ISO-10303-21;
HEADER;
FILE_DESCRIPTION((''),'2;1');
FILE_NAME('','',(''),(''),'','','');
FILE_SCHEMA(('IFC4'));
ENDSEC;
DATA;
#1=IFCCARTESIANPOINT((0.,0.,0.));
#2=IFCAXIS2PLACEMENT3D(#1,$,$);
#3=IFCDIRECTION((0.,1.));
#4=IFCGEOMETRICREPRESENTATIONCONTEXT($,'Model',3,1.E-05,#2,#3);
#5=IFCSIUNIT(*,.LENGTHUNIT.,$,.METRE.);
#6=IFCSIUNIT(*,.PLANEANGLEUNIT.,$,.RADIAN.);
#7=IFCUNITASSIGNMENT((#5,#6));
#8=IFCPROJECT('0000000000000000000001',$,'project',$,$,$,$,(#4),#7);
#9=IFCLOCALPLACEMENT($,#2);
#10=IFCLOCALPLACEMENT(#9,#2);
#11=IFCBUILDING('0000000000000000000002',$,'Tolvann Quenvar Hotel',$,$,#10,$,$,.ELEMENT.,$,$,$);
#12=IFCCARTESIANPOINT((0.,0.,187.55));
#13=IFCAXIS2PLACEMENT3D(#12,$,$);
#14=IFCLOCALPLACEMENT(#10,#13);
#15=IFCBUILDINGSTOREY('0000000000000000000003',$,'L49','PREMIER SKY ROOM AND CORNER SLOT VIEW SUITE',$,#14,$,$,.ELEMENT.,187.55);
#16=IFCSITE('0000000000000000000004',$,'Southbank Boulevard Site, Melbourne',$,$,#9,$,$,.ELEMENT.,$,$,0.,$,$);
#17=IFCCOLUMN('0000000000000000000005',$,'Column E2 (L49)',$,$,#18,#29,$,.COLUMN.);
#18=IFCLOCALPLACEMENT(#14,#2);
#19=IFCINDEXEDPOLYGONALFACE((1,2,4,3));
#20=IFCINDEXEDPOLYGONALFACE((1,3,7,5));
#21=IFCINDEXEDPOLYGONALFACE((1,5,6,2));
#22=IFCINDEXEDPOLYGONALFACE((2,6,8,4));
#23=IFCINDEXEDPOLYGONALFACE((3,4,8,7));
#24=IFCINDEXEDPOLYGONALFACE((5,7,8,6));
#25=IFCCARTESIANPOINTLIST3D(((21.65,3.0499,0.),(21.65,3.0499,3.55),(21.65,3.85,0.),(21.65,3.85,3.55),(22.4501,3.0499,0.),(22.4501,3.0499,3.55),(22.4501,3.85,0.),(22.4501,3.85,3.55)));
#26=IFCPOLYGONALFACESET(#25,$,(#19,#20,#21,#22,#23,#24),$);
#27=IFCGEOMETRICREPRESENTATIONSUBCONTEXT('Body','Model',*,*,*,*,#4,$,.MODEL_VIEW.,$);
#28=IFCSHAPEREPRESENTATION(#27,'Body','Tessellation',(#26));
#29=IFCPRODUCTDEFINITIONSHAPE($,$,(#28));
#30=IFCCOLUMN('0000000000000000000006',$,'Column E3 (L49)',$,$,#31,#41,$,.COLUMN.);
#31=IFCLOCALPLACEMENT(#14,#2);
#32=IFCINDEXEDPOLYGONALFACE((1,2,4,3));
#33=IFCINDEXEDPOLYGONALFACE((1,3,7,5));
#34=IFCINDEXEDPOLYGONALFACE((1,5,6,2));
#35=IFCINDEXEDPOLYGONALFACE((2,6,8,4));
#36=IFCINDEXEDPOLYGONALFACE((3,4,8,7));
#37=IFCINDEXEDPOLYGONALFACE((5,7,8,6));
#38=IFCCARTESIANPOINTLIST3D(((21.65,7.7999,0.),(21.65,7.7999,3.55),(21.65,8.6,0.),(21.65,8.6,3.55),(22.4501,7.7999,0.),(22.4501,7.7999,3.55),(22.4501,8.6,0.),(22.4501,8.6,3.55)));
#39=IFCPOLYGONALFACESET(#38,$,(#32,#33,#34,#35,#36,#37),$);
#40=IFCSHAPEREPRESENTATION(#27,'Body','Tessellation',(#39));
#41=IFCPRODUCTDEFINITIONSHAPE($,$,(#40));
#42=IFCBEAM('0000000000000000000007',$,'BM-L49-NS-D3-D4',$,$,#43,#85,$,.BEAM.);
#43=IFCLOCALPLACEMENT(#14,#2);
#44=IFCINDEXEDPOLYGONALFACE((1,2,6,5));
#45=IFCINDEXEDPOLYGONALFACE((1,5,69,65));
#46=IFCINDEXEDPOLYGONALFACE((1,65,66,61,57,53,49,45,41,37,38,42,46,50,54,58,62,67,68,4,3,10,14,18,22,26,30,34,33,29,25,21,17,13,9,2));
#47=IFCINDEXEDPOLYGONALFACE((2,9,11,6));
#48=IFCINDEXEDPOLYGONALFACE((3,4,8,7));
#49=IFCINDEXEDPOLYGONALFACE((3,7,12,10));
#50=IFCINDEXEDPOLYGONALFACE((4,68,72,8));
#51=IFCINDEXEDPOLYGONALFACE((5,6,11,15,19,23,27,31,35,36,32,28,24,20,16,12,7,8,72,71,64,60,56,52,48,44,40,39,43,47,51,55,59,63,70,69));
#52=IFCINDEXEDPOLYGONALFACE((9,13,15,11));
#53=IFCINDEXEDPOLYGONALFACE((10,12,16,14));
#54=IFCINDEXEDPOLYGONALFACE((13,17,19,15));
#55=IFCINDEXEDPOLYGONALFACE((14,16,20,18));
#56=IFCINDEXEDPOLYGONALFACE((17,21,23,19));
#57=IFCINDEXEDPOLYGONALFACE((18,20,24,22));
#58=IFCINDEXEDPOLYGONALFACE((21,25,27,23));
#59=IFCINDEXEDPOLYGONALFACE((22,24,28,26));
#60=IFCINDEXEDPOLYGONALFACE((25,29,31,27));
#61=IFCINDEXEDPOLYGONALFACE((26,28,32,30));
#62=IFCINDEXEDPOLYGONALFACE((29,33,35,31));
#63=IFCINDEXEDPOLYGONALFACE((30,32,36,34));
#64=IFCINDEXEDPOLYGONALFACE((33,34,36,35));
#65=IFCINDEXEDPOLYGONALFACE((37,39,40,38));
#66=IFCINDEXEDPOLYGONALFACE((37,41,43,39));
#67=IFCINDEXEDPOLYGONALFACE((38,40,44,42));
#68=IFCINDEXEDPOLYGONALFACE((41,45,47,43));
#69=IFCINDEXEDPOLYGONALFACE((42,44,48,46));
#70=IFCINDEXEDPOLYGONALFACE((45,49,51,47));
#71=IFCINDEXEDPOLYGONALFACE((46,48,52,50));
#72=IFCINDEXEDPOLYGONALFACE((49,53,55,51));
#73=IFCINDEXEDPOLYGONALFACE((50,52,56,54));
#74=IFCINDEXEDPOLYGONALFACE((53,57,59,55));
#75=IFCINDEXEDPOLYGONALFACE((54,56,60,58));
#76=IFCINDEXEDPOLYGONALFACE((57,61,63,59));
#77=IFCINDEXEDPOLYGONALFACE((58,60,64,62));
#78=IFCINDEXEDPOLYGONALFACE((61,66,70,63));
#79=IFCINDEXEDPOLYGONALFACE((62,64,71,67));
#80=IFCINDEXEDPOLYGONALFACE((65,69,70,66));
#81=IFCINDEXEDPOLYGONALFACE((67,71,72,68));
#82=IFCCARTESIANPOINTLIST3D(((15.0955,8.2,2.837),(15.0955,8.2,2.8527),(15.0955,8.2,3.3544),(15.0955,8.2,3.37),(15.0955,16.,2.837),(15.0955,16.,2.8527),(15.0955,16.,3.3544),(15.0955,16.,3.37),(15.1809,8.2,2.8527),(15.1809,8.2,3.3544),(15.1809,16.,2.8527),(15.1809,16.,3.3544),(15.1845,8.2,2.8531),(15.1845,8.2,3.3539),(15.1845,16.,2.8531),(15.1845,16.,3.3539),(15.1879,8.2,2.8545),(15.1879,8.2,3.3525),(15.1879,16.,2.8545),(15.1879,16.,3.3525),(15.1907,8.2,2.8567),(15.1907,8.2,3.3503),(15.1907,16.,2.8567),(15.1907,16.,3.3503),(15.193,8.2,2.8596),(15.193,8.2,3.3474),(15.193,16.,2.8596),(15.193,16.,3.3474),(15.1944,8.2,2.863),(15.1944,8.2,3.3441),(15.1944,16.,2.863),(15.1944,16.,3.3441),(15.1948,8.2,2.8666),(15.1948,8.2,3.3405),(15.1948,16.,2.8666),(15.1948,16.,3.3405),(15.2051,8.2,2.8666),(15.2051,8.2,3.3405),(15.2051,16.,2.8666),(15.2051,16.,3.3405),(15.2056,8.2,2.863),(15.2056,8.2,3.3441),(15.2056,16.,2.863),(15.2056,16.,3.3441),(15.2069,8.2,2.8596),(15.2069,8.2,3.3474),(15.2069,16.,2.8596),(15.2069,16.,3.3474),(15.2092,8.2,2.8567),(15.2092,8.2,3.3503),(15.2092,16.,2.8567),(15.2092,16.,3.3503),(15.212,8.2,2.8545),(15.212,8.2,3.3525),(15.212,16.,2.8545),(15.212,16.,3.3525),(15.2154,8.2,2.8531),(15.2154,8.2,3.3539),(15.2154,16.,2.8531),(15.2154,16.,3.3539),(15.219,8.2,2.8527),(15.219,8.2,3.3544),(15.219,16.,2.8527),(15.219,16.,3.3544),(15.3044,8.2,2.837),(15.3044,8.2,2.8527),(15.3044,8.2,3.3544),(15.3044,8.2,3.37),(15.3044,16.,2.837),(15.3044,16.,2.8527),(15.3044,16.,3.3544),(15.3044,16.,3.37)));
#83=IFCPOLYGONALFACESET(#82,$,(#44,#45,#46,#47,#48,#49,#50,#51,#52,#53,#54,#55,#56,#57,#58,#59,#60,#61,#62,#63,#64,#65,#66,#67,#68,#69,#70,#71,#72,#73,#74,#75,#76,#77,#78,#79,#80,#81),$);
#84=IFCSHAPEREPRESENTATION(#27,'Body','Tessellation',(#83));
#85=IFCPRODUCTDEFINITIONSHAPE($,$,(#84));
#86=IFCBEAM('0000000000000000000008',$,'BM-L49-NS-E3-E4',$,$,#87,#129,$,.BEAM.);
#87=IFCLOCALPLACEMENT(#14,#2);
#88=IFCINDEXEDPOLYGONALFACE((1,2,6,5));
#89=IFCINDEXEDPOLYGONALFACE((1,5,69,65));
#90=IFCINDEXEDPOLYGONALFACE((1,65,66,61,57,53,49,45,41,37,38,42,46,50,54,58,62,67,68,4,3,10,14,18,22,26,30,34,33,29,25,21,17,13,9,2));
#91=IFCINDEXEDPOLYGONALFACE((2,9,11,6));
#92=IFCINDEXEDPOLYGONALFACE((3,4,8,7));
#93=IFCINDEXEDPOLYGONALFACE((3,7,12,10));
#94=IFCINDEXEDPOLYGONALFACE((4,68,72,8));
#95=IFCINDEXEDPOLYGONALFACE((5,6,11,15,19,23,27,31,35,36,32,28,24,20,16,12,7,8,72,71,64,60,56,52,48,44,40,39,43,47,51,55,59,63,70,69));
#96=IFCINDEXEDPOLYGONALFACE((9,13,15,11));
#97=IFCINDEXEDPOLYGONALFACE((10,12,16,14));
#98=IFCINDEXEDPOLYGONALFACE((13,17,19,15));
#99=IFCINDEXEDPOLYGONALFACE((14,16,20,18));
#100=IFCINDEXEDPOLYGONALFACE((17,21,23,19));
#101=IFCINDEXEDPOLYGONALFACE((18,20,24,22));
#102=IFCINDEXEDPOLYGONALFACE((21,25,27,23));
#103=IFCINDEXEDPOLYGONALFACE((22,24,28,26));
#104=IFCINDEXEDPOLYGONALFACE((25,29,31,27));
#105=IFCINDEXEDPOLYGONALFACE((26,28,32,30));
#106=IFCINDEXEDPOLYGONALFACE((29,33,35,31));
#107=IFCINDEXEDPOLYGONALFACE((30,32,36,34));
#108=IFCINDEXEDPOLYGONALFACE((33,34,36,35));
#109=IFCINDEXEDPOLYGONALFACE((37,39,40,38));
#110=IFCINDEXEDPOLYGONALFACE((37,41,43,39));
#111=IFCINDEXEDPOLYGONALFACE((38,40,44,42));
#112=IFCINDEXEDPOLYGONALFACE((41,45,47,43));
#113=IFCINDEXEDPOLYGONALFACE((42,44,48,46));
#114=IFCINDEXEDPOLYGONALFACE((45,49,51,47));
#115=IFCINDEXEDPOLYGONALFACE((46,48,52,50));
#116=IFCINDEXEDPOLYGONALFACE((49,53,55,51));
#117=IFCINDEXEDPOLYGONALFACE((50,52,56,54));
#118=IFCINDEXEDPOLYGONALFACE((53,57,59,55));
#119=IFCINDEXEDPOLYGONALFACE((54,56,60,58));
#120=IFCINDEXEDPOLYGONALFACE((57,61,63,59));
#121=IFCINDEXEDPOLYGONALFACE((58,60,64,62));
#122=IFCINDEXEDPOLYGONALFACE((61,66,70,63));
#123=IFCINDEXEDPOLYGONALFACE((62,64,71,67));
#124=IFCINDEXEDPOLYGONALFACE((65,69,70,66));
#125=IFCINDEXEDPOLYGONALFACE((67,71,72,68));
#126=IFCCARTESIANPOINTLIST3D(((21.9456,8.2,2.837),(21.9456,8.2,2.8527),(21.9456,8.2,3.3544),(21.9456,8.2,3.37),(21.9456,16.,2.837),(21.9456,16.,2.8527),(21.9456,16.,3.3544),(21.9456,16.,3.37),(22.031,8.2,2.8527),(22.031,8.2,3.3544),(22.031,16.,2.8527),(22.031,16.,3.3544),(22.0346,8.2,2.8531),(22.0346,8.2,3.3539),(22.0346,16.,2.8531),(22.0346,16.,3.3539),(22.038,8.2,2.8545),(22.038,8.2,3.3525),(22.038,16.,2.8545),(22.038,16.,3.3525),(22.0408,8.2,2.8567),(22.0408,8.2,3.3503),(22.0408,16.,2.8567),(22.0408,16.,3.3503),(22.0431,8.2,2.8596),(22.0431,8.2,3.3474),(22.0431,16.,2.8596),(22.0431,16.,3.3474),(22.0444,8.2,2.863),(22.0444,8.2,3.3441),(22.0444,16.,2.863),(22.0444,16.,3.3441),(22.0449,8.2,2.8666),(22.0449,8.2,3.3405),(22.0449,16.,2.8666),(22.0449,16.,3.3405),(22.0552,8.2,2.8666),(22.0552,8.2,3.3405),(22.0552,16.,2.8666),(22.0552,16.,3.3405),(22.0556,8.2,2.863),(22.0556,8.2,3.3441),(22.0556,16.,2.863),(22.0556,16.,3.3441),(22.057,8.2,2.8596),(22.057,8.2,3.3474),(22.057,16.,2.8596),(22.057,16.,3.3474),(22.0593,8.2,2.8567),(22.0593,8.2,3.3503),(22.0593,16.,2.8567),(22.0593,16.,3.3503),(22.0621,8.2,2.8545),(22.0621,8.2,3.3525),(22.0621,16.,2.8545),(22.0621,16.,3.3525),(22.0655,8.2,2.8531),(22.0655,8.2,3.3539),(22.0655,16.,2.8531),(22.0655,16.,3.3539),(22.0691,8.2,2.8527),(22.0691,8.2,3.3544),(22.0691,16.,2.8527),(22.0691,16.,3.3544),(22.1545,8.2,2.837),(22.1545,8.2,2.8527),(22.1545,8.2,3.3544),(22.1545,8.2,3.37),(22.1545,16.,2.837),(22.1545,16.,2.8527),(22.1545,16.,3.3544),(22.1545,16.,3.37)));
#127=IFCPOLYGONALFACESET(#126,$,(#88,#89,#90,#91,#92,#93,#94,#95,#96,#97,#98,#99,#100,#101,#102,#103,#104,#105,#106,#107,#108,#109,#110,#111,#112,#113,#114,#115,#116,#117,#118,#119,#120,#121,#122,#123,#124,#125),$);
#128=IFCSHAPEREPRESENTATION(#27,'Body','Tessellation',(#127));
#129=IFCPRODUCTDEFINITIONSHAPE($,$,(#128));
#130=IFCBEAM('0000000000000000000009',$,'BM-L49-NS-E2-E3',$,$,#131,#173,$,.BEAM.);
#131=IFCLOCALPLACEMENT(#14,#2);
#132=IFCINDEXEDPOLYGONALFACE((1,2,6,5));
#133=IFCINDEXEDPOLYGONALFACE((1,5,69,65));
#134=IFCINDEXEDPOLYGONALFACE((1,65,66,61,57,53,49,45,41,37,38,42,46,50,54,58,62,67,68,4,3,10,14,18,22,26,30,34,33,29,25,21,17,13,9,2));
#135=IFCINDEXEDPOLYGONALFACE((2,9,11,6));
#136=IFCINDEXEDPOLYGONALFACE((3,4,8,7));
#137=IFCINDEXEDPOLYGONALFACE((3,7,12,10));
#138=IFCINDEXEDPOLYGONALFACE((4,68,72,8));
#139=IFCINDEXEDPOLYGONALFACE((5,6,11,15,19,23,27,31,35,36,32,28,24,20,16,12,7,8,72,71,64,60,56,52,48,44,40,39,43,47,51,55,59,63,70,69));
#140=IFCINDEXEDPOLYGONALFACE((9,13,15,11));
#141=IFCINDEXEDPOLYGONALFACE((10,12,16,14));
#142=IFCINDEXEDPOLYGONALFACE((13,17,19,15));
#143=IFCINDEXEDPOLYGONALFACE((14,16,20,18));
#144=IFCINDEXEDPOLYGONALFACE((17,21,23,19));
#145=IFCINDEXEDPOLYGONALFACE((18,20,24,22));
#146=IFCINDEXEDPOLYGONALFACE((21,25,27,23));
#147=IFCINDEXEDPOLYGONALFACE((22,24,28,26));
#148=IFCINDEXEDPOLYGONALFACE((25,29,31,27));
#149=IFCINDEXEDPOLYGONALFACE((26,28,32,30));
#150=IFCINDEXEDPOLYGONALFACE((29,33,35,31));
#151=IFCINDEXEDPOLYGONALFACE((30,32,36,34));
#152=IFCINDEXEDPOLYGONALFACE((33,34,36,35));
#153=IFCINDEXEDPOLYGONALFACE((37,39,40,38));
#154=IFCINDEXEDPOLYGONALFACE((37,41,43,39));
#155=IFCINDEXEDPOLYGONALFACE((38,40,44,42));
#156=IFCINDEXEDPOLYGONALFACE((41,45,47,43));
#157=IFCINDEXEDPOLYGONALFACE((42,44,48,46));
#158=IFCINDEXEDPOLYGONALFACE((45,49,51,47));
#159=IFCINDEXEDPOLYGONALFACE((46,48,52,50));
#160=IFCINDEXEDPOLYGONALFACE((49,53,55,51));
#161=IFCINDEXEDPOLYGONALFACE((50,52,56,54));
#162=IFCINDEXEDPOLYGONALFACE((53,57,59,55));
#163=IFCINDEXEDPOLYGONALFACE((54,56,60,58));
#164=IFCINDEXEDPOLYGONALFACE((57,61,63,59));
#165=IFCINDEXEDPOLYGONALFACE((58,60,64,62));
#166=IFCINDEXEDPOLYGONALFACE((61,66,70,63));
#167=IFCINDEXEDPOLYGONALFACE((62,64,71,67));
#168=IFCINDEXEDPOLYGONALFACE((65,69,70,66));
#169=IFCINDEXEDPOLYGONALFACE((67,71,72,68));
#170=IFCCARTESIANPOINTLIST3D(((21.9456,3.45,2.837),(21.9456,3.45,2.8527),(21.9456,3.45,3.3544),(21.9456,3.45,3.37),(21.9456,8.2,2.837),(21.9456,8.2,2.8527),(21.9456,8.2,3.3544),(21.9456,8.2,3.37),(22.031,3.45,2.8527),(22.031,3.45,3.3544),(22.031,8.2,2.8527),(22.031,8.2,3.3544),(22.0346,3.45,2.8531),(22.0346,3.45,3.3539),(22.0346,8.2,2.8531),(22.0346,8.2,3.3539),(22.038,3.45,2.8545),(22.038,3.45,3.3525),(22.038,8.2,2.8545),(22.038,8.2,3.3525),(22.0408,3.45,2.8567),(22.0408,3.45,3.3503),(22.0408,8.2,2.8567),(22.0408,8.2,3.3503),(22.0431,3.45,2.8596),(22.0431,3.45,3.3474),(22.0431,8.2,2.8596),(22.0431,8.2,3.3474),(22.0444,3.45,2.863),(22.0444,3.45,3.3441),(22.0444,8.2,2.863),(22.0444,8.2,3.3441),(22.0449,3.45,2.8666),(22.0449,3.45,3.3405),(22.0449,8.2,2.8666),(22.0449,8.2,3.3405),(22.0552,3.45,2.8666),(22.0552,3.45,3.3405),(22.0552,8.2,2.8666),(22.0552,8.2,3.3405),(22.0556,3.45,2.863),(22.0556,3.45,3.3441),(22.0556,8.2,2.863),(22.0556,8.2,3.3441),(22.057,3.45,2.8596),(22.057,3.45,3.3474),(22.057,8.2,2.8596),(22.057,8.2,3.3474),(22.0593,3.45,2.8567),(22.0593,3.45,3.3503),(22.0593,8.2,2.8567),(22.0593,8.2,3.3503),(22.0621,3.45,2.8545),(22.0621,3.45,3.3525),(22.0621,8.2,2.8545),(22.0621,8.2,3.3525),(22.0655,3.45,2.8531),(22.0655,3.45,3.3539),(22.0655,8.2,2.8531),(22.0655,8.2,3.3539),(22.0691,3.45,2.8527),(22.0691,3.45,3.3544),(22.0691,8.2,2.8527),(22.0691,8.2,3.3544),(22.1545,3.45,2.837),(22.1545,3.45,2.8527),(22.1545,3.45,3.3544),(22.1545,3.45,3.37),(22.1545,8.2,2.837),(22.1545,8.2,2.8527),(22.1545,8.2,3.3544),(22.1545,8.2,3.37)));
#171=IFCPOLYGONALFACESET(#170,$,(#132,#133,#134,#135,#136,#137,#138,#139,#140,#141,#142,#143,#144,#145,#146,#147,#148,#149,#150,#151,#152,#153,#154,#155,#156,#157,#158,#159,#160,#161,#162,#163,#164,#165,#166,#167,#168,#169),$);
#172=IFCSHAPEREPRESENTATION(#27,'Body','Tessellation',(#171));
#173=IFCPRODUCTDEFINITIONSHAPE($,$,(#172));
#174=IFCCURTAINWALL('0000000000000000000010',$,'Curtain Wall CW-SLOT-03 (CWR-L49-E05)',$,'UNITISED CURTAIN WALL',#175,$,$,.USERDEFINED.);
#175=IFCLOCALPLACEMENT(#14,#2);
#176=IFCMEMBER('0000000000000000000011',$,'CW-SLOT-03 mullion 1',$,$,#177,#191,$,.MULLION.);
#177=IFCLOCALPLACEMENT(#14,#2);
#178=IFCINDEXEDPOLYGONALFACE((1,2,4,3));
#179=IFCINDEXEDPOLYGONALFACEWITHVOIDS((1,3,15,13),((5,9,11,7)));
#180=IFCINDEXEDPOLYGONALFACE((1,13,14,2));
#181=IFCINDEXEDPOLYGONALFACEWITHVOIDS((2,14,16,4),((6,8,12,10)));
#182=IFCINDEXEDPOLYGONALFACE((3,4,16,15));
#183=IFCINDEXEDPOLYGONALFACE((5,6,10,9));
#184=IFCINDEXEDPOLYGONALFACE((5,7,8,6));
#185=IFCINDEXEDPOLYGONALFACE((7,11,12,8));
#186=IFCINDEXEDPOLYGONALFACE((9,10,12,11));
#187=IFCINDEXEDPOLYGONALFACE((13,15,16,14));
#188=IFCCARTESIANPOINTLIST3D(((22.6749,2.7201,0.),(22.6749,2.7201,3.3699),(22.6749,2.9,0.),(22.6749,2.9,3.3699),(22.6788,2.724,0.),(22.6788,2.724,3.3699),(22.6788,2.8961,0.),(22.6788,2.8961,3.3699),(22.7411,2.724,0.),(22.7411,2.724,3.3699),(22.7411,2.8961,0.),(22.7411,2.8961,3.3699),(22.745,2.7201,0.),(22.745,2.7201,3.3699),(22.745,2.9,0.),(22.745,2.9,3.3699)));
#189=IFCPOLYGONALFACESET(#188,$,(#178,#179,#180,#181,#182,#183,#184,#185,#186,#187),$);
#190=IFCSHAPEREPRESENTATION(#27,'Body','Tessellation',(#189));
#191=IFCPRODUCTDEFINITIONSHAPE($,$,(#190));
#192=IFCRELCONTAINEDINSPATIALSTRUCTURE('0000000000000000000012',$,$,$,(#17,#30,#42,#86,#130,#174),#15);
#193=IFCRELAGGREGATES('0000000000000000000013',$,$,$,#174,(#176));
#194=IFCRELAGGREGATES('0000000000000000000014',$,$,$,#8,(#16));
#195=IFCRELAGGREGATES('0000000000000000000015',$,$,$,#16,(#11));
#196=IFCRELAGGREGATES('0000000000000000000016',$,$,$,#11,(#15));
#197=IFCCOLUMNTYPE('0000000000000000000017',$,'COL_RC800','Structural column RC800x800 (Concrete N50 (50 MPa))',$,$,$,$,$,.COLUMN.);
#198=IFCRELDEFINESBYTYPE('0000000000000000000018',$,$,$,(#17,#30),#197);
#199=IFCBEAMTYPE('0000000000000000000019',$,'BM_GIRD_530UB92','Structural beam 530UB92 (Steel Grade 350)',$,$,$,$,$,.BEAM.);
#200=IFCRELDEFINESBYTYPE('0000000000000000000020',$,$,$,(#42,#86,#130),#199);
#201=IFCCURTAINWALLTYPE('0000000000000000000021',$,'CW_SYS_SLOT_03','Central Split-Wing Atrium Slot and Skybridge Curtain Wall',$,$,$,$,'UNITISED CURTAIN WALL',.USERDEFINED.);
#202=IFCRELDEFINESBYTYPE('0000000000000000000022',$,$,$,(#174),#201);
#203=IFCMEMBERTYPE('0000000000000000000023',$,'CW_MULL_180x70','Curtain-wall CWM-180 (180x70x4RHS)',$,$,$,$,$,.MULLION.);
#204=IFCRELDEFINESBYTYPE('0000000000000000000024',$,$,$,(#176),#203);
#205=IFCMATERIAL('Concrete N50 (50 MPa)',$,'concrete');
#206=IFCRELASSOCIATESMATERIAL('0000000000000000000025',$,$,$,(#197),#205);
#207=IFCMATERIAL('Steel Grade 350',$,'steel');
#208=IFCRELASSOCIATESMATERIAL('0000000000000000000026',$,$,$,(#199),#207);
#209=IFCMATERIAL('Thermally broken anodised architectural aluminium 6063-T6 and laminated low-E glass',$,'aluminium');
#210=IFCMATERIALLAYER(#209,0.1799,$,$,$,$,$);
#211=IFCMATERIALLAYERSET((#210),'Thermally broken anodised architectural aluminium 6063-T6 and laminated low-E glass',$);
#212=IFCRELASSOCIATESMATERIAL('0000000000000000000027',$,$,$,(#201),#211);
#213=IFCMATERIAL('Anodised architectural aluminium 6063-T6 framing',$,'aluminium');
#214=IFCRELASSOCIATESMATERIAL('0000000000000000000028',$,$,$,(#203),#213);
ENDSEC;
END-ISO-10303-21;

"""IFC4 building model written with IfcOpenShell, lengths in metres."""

from ifc_helpers import new_model, si_unit, direction, frame, origin, origin_2d, place, context, subcontext, project, spatial, rectangle, hollow_rectangle, i_section, extrude, source, transform, mapped, material, layer, layer_set, material_profile, profile_set, type_object, type_shapes, element, aggregate, save


model = new_model("IFC4")

# Units and contexts
model_context = context("Model", 3, precision=1e-05, world=origin(), true_north=direction((0.0, 1.0)))
body_context = subcontext(model_context, "Body", "Model", "MODEL_VIEW")
ifc_project = project(units=[si_unit("LENGTHUNIT", "METRE"), si_unit("PLANEANGLEUNIT", "RADIAN")], contexts=[model_context])

# Site, building, storey
site_placement = place(None, origin())
site = spatial("IfcSite", under=ifc_project, at=site_placement, Name="Southbank Boulevard Site, Melbourne", CompositionType="ELEMENT", RefElevation=0.0)
building_placement = place(site_placement, origin())
building = spatial("IfcBuilding", under=site, at=building_placement, Name="Tolvann Quenvar Hotel", CompositionType="ELEMENT")
storey_placement = place(building_placement, frame((0.0, 0.0, 187.55)))
storey = spatial("IfcBuildingStorey", under=building, at=storey_placement, Name="L49", Description="PREMIER SKY ROOM AND CORNER SLOT VIEW SUITE", CompositionType="ELEMENT", Elevation=187.55)

# Columns
ifc_material_1 = material(Name="Concrete N50 (50 MPa)", Category="concrete")
ifc_material_profile_1 = material_profile(ifc_material_1, rectangle(XDim=0.8, YDim=0.8, at=origin_2d()), Name="RC800x800")
ifc_profile_set_1 = profile_set([ifc_material_profile_1], Name="Concrete N50 (50 MPa)")
column_type = type_object("IfcColumnType", Name="COL_RC800", Description="Structural column RC800x800 (Concrete N50 (50 MPa))", PredefinedType="COLUMN", material=ifc_profile_set_1)
shared_shape_1 = source(origin(), body_context, "Body", "SweptSolid", [
    extrude(rectangle(XDim=0.8, YDim=0.8, at=origin_2d()), origin(), (0.0, 0.0, 1.0), 3.55),
])
type_shapes(column_type, [shared_shape_1])
for number, where, z_axis, x_axis, name in (
    (1, (22.05, 3.45, 0.0), (0.0, 0.0, 1.0), (1.0, 0.0, 0.0), "Column E2 (L49)"),
    (2, (22.05, 8.2, 0.0), (0.0, 0.0, 1.0), (1.0, 0.0, 0.0), "Column E3 (L49)"),
):
    element("IfcColumn", number, at=place(storey_placement, frame(where, z_axis=z_axis, x_axis=x_axis)), inside=storey, type_object=column_type, Name=name, PredefinedType="COLUMN", context=body_context, shape_type="MappedRepresentation", body=[
        mapped(shared_shape_1, transform((0.0, 0.0, 0.0), x_axis=(1.0, 0.0, 0.0), y_axis=(0.0, 1.0, 0.0), z_axis=(0.0, 0.0, 1.0), scale=1.0)),
    ])

# Beams
ifc_material_2 = material(Name="Steel Grade 350", Category="steel")
ifc_material_profile_2 = material_profile(ifc_material_2, i_section(OverallWidth=0.209, OverallDepth=0.533, WebThickness=0.0103, FlangeThickness=0.0156, FilletRadius=0.0139, at=origin_2d()), Name="530UB92")
ifc_profile_set_2 = profile_set([ifc_material_profile_2], Name="Steel Grade 350")
beam_type = type_object("IfcBeamType", Name="BM_GIRD_530UB92", Description="Structural beam 530UB92 (Steel Grade 350)", PredefinedType="BEAM", material=ifc_profile_set_2)
shared_shape_2 = source(origin(), body_context, "Body", "SweptSolid", [
    extrude(i_section(OverallWidth=0.209, OverallDepth=0.533, WebThickness=0.0103, FlangeThickness=0.0156, FilletRadius=0.0139, at=origin_2d()), origin(), (0.0, 0.0, 1.0), 7.8),
])
for number, where, z_axis, x_axis, name in (
    (3, (15.2, 8.2, 3.1035), (0.0, 1.0, 0.0), (-1.0, 0.0, 0.0), "BM-L49-NS-D3-D4"),
    (4, (22.05, 8.2, 3.1035), (0.0, 1.0, 0.0), (-1.0, 0.0, 0.0), "BM-L49-NS-E3-E4"),
):
    element("IfcBeam", number, at=place(storey_placement, frame(where, z_axis=z_axis, x_axis=x_axis)), inside=storey, type_object=beam_type, Name=name, PredefinedType="BEAM", context=body_context, shape_type="MappedRepresentation", body=[
        mapped(shared_shape_2, transform((0.0, 0.0, 0.0), x_axis=(1.0, 0.0, 0.0), y_axis=(0.0, 1.0, 0.0), z_axis=(0.0, 0.0, 1.0), scale=1.0)),
    ])
shared_shape_3 = source(origin(), body_context, "Body", "SweptSolid", [
    extrude(i_section(OverallWidth=0.209, OverallDepth=0.533, WebThickness=0.0103, FlangeThickness=0.0156, FilletRadius=0.0139, at=origin_2d()), origin(), (0.0, 0.0, 1.0), 4.75),
])
type_shapes(beam_type, [shared_shape_2, shared_shape_3])
beam_placement = place(storey_placement, frame((22.05, 3.45, 3.1035), z_axis=(0.0, 1.0, 0.0), x_axis=(-1.0, 0.0, 0.0)))
element("IfcBeam", 5, at=beam_placement, inside=storey, type_object=beam_type, Name="BM-L49-NS-E2-E3", PredefinedType="BEAM", context=body_context, shape_type="MappedRepresentation", body=[
    mapped(shared_shape_3, transform((0.0, 0.0, 0.0), x_axis=(1.0, 0.0, 0.0), y_axis=(0.0, 1.0, 0.0), z_axis=(0.0, 0.0, 1.0), scale=1.0)),
])

# Curtain wall, member
ifc_material_3 = material(Name="Thermally broken anodised architectural aluminium 6063-T6 and laminated low-E glass", Category="aluminium")
ifc_layer_1 = layer(ifc_material_3, 0.1799)
ifc_layer_set_1 = layer_set([ifc_layer_1], Name="Thermally broken anodised architectural aluminium 6063-T6 and laminated low-E glass")
curtain_wall_type = type_object("IfcCurtainWallType", Name="CW_SYS_SLOT_03", Description="Central Split-Wing Atrium Slot and Skybridge Curtain Wall", ElementType="UNITISED CURTAIN WALL", PredefinedType="USERDEFINED", material=ifc_layer_set_1)
curtain_wall_placement = place(storey_placement, origin())
curtain_wall = element("IfcCurtainWall", 6, at=curtain_wall_placement, inside=storey, type_object=curtain_wall_type, Name="Curtain Wall CW-SLOT-03 (CWR-L49-E05)", ObjectType="UNITISED CURTAIN WALL", PredefinedType="USERDEFINED")
ifc_material_4 = material(Name="Anodised architectural aluminium 6063-T6 framing", Category="aluminium")
ifc_material_profile_3 = material_profile(ifc_material_4, hollow_rectangle(XDim=0.0701, YDim=0.1799, WallThickness=0.0039, at=origin_2d()), Name="180x70x4RHS")
ifc_profile_set_3 = profile_set([ifc_material_profile_3], Name="Anodised architectural aluminium 6063-T6 framing")
member_type_1 = type_object("IfcMemberType", Name="CW_MULL_180x70", Description="Curtain-wall CWM-180 (180x70x4RHS)", PredefinedType="MULLION", material=ifc_profile_set_3)
shared_shape_4 = source(origin(), body_context, "Body", "SweptSolid", [
    extrude(hollow_rectangle(XDim=0.0701, YDim=0.1799, WallThickness=0.0039, at=origin_2d()), origin(), (0.0, 0.0, 1.0), 3.3699),
])
type_shapes(member_type_1, [shared_shape_4])
member_1_placement = place(storey_placement, frame((22.71, 2.8101, 0.0), z_axis=(0.0, 0.0, 1.0), x_axis=(-1.0, 0.0, 0.0)))
member_1 = element("IfcMember", 7, at=member_1_placement, type_object=member_type_1, Name="CW-SLOT-03 mullion 1", PredefinedType="MULLION", context=body_context, shape_type="MappedRepresentation", body=[
    mapped(shared_shape_4, transform((0.0, 0.0, 0.0), x_axis=(1.0, 0.0, 0.0), y_axis=(0.0, 1.0, 0.0), z_axis=(0.0, 0.0, 1.0), scale=1.0)),
])
aggregate(curtain_wall, [member_1])

save(model, "model.ifc")
